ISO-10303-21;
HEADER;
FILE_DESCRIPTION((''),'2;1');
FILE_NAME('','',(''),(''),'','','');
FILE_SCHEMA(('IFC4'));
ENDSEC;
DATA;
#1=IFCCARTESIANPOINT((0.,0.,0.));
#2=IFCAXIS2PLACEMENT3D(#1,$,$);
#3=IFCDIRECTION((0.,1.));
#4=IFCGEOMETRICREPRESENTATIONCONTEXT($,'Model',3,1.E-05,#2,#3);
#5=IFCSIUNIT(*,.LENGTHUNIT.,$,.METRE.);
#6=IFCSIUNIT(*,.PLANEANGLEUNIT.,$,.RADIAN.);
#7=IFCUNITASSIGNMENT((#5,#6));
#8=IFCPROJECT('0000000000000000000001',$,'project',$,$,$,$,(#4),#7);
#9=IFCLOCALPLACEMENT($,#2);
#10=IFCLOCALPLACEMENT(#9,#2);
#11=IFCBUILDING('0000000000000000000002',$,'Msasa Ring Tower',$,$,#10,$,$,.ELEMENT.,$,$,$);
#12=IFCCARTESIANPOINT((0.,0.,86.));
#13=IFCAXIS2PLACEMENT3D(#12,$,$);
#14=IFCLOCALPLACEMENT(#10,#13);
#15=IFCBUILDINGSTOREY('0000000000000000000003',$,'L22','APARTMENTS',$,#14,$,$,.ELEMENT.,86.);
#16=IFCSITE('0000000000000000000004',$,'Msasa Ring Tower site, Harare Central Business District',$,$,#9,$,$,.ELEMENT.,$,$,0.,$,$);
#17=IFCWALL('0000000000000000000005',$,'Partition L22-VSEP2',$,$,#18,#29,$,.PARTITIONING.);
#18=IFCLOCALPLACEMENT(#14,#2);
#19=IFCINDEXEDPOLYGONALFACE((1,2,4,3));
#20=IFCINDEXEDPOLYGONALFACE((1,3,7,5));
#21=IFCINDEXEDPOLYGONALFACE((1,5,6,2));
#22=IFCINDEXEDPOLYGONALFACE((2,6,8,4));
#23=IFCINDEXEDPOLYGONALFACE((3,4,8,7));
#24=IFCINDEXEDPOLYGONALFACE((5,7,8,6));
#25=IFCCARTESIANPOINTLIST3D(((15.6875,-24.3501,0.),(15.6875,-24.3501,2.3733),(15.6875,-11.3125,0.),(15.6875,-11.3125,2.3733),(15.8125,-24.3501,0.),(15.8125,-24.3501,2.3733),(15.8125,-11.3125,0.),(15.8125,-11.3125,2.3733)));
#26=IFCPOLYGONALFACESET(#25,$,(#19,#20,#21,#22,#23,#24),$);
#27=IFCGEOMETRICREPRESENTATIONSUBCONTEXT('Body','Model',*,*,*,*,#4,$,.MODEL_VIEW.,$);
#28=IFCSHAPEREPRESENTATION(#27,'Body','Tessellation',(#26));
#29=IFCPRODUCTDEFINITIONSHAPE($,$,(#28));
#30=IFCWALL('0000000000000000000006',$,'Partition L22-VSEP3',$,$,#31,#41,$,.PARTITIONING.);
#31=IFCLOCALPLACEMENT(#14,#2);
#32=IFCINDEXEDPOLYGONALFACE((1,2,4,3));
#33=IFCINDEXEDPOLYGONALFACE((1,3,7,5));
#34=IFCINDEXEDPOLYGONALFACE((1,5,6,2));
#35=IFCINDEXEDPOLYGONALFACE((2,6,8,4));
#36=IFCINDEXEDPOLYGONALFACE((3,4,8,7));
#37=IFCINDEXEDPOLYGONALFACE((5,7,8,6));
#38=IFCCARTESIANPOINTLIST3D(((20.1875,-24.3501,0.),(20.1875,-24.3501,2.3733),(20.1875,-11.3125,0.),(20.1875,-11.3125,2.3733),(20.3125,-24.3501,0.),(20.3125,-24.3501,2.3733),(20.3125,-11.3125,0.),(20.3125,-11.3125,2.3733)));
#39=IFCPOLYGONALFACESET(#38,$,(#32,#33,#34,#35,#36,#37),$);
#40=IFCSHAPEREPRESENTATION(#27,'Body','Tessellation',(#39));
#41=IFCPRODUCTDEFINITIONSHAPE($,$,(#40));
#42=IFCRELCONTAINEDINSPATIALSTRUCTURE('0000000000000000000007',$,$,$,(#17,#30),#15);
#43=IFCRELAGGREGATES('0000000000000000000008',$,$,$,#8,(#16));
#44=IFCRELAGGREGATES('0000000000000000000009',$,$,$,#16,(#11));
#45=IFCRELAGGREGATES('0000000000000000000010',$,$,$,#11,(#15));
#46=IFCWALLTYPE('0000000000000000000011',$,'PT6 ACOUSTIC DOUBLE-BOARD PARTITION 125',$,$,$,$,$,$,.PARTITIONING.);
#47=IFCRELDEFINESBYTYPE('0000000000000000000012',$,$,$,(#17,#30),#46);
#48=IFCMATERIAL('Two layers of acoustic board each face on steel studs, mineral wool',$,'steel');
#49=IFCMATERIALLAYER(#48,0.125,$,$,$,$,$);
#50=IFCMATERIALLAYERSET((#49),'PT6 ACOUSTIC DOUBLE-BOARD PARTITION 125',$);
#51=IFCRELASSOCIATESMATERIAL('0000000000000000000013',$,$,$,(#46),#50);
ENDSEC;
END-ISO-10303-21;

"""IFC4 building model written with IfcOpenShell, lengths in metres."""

from ifc_helpers import new_model, si_unit, direction, frame, frame_2d, origin, place, context, subcontext, project, spatial, rectangle, extrude, material, layer, layer_set, type_object, element, save


model = new_model("IFC4")

# Units and contexts
model_context = context("Model", 3, precision=1e-05, world=origin(), true_north=direction((0.0, 1.0)))
body_context = subcontext(model_context, "Body", "Model", "MODEL_VIEW")
ifc_project = project(units=[si_unit("LENGTHUNIT", "METRE"), si_unit("PLANEANGLEUNIT", "RADIAN")], contexts=[model_context])

# Site, building, storey
site_placement = place(None, origin())
site = spatial("IfcSite", under=ifc_project, at=site_placement, Name="Msasa Ring Tower site, Harare Central Business District", CompositionType="ELEMENT", RefElevation=0.0)
building_placement = place(site_placement, origin())
building = spatial("IfcBuilding", under=site, at=building_placement, Name="Msasa Ring Tower", CompositionType="ELEMENT")
storey_placement = place(building_placement, frame((0.0, 0.0, 86.0)))
storey = spatial("IfcBuildingStorey", under=building, at=storey_placement, Name="L22", Description="APARTMENTS", CompositionType="ELEMENT", Elevation=86.0)

# Walls
ifc_material_1 = material(Name="Two layers of acoustic board each face on steel studs, mineral wool", Category="steel")
ifc_layer_1 = layer(ifc_material_1, 0.125)
ifc_layer_set_1 = layer_set([ifc_layer_1], Name="PT6 ACOUSTIC DOUBLE-BOARD PARTITION 125")
wall_type_1 = type_object("IfcWallType", Name="PT6 ACOUSTIC DOUBLE-BOARD PARTITION 125", PredefinedType="PARTITIONING", material=ifc_layer_set_1)
for number, where, z_axis, x_axis, name in (
    (1, (15.75, -24.3501, 0.0), (0.0, 0.0, 1.0), (0.0, 1.0, 0.0), "Partition L22-VSEP2"),
    (2, (20.25, -24.3501, 0.0), (0.0, 0.0, 1.0), (0.0, 1.0, 0.0), "Partition L22-VSEP3"),
):
    element("IfcWall", number, at=place(storey_placement, frame(where, z_axis=z_axis, x_axis=x_axis)), inside=storey, type_object=wall_type_1, Name=name, PredefinedType="PARTITIONING", context=body_context, shape_type="SweptSolid", body=[
        extrude(rectangle(XDim=13.0376, YDim=0.125, at=frame_2d((6.5188, 0.0))), origin(), (0.0, 0.0, 1.0), 2.3733),
    ])

save(model, "model.ifc")
